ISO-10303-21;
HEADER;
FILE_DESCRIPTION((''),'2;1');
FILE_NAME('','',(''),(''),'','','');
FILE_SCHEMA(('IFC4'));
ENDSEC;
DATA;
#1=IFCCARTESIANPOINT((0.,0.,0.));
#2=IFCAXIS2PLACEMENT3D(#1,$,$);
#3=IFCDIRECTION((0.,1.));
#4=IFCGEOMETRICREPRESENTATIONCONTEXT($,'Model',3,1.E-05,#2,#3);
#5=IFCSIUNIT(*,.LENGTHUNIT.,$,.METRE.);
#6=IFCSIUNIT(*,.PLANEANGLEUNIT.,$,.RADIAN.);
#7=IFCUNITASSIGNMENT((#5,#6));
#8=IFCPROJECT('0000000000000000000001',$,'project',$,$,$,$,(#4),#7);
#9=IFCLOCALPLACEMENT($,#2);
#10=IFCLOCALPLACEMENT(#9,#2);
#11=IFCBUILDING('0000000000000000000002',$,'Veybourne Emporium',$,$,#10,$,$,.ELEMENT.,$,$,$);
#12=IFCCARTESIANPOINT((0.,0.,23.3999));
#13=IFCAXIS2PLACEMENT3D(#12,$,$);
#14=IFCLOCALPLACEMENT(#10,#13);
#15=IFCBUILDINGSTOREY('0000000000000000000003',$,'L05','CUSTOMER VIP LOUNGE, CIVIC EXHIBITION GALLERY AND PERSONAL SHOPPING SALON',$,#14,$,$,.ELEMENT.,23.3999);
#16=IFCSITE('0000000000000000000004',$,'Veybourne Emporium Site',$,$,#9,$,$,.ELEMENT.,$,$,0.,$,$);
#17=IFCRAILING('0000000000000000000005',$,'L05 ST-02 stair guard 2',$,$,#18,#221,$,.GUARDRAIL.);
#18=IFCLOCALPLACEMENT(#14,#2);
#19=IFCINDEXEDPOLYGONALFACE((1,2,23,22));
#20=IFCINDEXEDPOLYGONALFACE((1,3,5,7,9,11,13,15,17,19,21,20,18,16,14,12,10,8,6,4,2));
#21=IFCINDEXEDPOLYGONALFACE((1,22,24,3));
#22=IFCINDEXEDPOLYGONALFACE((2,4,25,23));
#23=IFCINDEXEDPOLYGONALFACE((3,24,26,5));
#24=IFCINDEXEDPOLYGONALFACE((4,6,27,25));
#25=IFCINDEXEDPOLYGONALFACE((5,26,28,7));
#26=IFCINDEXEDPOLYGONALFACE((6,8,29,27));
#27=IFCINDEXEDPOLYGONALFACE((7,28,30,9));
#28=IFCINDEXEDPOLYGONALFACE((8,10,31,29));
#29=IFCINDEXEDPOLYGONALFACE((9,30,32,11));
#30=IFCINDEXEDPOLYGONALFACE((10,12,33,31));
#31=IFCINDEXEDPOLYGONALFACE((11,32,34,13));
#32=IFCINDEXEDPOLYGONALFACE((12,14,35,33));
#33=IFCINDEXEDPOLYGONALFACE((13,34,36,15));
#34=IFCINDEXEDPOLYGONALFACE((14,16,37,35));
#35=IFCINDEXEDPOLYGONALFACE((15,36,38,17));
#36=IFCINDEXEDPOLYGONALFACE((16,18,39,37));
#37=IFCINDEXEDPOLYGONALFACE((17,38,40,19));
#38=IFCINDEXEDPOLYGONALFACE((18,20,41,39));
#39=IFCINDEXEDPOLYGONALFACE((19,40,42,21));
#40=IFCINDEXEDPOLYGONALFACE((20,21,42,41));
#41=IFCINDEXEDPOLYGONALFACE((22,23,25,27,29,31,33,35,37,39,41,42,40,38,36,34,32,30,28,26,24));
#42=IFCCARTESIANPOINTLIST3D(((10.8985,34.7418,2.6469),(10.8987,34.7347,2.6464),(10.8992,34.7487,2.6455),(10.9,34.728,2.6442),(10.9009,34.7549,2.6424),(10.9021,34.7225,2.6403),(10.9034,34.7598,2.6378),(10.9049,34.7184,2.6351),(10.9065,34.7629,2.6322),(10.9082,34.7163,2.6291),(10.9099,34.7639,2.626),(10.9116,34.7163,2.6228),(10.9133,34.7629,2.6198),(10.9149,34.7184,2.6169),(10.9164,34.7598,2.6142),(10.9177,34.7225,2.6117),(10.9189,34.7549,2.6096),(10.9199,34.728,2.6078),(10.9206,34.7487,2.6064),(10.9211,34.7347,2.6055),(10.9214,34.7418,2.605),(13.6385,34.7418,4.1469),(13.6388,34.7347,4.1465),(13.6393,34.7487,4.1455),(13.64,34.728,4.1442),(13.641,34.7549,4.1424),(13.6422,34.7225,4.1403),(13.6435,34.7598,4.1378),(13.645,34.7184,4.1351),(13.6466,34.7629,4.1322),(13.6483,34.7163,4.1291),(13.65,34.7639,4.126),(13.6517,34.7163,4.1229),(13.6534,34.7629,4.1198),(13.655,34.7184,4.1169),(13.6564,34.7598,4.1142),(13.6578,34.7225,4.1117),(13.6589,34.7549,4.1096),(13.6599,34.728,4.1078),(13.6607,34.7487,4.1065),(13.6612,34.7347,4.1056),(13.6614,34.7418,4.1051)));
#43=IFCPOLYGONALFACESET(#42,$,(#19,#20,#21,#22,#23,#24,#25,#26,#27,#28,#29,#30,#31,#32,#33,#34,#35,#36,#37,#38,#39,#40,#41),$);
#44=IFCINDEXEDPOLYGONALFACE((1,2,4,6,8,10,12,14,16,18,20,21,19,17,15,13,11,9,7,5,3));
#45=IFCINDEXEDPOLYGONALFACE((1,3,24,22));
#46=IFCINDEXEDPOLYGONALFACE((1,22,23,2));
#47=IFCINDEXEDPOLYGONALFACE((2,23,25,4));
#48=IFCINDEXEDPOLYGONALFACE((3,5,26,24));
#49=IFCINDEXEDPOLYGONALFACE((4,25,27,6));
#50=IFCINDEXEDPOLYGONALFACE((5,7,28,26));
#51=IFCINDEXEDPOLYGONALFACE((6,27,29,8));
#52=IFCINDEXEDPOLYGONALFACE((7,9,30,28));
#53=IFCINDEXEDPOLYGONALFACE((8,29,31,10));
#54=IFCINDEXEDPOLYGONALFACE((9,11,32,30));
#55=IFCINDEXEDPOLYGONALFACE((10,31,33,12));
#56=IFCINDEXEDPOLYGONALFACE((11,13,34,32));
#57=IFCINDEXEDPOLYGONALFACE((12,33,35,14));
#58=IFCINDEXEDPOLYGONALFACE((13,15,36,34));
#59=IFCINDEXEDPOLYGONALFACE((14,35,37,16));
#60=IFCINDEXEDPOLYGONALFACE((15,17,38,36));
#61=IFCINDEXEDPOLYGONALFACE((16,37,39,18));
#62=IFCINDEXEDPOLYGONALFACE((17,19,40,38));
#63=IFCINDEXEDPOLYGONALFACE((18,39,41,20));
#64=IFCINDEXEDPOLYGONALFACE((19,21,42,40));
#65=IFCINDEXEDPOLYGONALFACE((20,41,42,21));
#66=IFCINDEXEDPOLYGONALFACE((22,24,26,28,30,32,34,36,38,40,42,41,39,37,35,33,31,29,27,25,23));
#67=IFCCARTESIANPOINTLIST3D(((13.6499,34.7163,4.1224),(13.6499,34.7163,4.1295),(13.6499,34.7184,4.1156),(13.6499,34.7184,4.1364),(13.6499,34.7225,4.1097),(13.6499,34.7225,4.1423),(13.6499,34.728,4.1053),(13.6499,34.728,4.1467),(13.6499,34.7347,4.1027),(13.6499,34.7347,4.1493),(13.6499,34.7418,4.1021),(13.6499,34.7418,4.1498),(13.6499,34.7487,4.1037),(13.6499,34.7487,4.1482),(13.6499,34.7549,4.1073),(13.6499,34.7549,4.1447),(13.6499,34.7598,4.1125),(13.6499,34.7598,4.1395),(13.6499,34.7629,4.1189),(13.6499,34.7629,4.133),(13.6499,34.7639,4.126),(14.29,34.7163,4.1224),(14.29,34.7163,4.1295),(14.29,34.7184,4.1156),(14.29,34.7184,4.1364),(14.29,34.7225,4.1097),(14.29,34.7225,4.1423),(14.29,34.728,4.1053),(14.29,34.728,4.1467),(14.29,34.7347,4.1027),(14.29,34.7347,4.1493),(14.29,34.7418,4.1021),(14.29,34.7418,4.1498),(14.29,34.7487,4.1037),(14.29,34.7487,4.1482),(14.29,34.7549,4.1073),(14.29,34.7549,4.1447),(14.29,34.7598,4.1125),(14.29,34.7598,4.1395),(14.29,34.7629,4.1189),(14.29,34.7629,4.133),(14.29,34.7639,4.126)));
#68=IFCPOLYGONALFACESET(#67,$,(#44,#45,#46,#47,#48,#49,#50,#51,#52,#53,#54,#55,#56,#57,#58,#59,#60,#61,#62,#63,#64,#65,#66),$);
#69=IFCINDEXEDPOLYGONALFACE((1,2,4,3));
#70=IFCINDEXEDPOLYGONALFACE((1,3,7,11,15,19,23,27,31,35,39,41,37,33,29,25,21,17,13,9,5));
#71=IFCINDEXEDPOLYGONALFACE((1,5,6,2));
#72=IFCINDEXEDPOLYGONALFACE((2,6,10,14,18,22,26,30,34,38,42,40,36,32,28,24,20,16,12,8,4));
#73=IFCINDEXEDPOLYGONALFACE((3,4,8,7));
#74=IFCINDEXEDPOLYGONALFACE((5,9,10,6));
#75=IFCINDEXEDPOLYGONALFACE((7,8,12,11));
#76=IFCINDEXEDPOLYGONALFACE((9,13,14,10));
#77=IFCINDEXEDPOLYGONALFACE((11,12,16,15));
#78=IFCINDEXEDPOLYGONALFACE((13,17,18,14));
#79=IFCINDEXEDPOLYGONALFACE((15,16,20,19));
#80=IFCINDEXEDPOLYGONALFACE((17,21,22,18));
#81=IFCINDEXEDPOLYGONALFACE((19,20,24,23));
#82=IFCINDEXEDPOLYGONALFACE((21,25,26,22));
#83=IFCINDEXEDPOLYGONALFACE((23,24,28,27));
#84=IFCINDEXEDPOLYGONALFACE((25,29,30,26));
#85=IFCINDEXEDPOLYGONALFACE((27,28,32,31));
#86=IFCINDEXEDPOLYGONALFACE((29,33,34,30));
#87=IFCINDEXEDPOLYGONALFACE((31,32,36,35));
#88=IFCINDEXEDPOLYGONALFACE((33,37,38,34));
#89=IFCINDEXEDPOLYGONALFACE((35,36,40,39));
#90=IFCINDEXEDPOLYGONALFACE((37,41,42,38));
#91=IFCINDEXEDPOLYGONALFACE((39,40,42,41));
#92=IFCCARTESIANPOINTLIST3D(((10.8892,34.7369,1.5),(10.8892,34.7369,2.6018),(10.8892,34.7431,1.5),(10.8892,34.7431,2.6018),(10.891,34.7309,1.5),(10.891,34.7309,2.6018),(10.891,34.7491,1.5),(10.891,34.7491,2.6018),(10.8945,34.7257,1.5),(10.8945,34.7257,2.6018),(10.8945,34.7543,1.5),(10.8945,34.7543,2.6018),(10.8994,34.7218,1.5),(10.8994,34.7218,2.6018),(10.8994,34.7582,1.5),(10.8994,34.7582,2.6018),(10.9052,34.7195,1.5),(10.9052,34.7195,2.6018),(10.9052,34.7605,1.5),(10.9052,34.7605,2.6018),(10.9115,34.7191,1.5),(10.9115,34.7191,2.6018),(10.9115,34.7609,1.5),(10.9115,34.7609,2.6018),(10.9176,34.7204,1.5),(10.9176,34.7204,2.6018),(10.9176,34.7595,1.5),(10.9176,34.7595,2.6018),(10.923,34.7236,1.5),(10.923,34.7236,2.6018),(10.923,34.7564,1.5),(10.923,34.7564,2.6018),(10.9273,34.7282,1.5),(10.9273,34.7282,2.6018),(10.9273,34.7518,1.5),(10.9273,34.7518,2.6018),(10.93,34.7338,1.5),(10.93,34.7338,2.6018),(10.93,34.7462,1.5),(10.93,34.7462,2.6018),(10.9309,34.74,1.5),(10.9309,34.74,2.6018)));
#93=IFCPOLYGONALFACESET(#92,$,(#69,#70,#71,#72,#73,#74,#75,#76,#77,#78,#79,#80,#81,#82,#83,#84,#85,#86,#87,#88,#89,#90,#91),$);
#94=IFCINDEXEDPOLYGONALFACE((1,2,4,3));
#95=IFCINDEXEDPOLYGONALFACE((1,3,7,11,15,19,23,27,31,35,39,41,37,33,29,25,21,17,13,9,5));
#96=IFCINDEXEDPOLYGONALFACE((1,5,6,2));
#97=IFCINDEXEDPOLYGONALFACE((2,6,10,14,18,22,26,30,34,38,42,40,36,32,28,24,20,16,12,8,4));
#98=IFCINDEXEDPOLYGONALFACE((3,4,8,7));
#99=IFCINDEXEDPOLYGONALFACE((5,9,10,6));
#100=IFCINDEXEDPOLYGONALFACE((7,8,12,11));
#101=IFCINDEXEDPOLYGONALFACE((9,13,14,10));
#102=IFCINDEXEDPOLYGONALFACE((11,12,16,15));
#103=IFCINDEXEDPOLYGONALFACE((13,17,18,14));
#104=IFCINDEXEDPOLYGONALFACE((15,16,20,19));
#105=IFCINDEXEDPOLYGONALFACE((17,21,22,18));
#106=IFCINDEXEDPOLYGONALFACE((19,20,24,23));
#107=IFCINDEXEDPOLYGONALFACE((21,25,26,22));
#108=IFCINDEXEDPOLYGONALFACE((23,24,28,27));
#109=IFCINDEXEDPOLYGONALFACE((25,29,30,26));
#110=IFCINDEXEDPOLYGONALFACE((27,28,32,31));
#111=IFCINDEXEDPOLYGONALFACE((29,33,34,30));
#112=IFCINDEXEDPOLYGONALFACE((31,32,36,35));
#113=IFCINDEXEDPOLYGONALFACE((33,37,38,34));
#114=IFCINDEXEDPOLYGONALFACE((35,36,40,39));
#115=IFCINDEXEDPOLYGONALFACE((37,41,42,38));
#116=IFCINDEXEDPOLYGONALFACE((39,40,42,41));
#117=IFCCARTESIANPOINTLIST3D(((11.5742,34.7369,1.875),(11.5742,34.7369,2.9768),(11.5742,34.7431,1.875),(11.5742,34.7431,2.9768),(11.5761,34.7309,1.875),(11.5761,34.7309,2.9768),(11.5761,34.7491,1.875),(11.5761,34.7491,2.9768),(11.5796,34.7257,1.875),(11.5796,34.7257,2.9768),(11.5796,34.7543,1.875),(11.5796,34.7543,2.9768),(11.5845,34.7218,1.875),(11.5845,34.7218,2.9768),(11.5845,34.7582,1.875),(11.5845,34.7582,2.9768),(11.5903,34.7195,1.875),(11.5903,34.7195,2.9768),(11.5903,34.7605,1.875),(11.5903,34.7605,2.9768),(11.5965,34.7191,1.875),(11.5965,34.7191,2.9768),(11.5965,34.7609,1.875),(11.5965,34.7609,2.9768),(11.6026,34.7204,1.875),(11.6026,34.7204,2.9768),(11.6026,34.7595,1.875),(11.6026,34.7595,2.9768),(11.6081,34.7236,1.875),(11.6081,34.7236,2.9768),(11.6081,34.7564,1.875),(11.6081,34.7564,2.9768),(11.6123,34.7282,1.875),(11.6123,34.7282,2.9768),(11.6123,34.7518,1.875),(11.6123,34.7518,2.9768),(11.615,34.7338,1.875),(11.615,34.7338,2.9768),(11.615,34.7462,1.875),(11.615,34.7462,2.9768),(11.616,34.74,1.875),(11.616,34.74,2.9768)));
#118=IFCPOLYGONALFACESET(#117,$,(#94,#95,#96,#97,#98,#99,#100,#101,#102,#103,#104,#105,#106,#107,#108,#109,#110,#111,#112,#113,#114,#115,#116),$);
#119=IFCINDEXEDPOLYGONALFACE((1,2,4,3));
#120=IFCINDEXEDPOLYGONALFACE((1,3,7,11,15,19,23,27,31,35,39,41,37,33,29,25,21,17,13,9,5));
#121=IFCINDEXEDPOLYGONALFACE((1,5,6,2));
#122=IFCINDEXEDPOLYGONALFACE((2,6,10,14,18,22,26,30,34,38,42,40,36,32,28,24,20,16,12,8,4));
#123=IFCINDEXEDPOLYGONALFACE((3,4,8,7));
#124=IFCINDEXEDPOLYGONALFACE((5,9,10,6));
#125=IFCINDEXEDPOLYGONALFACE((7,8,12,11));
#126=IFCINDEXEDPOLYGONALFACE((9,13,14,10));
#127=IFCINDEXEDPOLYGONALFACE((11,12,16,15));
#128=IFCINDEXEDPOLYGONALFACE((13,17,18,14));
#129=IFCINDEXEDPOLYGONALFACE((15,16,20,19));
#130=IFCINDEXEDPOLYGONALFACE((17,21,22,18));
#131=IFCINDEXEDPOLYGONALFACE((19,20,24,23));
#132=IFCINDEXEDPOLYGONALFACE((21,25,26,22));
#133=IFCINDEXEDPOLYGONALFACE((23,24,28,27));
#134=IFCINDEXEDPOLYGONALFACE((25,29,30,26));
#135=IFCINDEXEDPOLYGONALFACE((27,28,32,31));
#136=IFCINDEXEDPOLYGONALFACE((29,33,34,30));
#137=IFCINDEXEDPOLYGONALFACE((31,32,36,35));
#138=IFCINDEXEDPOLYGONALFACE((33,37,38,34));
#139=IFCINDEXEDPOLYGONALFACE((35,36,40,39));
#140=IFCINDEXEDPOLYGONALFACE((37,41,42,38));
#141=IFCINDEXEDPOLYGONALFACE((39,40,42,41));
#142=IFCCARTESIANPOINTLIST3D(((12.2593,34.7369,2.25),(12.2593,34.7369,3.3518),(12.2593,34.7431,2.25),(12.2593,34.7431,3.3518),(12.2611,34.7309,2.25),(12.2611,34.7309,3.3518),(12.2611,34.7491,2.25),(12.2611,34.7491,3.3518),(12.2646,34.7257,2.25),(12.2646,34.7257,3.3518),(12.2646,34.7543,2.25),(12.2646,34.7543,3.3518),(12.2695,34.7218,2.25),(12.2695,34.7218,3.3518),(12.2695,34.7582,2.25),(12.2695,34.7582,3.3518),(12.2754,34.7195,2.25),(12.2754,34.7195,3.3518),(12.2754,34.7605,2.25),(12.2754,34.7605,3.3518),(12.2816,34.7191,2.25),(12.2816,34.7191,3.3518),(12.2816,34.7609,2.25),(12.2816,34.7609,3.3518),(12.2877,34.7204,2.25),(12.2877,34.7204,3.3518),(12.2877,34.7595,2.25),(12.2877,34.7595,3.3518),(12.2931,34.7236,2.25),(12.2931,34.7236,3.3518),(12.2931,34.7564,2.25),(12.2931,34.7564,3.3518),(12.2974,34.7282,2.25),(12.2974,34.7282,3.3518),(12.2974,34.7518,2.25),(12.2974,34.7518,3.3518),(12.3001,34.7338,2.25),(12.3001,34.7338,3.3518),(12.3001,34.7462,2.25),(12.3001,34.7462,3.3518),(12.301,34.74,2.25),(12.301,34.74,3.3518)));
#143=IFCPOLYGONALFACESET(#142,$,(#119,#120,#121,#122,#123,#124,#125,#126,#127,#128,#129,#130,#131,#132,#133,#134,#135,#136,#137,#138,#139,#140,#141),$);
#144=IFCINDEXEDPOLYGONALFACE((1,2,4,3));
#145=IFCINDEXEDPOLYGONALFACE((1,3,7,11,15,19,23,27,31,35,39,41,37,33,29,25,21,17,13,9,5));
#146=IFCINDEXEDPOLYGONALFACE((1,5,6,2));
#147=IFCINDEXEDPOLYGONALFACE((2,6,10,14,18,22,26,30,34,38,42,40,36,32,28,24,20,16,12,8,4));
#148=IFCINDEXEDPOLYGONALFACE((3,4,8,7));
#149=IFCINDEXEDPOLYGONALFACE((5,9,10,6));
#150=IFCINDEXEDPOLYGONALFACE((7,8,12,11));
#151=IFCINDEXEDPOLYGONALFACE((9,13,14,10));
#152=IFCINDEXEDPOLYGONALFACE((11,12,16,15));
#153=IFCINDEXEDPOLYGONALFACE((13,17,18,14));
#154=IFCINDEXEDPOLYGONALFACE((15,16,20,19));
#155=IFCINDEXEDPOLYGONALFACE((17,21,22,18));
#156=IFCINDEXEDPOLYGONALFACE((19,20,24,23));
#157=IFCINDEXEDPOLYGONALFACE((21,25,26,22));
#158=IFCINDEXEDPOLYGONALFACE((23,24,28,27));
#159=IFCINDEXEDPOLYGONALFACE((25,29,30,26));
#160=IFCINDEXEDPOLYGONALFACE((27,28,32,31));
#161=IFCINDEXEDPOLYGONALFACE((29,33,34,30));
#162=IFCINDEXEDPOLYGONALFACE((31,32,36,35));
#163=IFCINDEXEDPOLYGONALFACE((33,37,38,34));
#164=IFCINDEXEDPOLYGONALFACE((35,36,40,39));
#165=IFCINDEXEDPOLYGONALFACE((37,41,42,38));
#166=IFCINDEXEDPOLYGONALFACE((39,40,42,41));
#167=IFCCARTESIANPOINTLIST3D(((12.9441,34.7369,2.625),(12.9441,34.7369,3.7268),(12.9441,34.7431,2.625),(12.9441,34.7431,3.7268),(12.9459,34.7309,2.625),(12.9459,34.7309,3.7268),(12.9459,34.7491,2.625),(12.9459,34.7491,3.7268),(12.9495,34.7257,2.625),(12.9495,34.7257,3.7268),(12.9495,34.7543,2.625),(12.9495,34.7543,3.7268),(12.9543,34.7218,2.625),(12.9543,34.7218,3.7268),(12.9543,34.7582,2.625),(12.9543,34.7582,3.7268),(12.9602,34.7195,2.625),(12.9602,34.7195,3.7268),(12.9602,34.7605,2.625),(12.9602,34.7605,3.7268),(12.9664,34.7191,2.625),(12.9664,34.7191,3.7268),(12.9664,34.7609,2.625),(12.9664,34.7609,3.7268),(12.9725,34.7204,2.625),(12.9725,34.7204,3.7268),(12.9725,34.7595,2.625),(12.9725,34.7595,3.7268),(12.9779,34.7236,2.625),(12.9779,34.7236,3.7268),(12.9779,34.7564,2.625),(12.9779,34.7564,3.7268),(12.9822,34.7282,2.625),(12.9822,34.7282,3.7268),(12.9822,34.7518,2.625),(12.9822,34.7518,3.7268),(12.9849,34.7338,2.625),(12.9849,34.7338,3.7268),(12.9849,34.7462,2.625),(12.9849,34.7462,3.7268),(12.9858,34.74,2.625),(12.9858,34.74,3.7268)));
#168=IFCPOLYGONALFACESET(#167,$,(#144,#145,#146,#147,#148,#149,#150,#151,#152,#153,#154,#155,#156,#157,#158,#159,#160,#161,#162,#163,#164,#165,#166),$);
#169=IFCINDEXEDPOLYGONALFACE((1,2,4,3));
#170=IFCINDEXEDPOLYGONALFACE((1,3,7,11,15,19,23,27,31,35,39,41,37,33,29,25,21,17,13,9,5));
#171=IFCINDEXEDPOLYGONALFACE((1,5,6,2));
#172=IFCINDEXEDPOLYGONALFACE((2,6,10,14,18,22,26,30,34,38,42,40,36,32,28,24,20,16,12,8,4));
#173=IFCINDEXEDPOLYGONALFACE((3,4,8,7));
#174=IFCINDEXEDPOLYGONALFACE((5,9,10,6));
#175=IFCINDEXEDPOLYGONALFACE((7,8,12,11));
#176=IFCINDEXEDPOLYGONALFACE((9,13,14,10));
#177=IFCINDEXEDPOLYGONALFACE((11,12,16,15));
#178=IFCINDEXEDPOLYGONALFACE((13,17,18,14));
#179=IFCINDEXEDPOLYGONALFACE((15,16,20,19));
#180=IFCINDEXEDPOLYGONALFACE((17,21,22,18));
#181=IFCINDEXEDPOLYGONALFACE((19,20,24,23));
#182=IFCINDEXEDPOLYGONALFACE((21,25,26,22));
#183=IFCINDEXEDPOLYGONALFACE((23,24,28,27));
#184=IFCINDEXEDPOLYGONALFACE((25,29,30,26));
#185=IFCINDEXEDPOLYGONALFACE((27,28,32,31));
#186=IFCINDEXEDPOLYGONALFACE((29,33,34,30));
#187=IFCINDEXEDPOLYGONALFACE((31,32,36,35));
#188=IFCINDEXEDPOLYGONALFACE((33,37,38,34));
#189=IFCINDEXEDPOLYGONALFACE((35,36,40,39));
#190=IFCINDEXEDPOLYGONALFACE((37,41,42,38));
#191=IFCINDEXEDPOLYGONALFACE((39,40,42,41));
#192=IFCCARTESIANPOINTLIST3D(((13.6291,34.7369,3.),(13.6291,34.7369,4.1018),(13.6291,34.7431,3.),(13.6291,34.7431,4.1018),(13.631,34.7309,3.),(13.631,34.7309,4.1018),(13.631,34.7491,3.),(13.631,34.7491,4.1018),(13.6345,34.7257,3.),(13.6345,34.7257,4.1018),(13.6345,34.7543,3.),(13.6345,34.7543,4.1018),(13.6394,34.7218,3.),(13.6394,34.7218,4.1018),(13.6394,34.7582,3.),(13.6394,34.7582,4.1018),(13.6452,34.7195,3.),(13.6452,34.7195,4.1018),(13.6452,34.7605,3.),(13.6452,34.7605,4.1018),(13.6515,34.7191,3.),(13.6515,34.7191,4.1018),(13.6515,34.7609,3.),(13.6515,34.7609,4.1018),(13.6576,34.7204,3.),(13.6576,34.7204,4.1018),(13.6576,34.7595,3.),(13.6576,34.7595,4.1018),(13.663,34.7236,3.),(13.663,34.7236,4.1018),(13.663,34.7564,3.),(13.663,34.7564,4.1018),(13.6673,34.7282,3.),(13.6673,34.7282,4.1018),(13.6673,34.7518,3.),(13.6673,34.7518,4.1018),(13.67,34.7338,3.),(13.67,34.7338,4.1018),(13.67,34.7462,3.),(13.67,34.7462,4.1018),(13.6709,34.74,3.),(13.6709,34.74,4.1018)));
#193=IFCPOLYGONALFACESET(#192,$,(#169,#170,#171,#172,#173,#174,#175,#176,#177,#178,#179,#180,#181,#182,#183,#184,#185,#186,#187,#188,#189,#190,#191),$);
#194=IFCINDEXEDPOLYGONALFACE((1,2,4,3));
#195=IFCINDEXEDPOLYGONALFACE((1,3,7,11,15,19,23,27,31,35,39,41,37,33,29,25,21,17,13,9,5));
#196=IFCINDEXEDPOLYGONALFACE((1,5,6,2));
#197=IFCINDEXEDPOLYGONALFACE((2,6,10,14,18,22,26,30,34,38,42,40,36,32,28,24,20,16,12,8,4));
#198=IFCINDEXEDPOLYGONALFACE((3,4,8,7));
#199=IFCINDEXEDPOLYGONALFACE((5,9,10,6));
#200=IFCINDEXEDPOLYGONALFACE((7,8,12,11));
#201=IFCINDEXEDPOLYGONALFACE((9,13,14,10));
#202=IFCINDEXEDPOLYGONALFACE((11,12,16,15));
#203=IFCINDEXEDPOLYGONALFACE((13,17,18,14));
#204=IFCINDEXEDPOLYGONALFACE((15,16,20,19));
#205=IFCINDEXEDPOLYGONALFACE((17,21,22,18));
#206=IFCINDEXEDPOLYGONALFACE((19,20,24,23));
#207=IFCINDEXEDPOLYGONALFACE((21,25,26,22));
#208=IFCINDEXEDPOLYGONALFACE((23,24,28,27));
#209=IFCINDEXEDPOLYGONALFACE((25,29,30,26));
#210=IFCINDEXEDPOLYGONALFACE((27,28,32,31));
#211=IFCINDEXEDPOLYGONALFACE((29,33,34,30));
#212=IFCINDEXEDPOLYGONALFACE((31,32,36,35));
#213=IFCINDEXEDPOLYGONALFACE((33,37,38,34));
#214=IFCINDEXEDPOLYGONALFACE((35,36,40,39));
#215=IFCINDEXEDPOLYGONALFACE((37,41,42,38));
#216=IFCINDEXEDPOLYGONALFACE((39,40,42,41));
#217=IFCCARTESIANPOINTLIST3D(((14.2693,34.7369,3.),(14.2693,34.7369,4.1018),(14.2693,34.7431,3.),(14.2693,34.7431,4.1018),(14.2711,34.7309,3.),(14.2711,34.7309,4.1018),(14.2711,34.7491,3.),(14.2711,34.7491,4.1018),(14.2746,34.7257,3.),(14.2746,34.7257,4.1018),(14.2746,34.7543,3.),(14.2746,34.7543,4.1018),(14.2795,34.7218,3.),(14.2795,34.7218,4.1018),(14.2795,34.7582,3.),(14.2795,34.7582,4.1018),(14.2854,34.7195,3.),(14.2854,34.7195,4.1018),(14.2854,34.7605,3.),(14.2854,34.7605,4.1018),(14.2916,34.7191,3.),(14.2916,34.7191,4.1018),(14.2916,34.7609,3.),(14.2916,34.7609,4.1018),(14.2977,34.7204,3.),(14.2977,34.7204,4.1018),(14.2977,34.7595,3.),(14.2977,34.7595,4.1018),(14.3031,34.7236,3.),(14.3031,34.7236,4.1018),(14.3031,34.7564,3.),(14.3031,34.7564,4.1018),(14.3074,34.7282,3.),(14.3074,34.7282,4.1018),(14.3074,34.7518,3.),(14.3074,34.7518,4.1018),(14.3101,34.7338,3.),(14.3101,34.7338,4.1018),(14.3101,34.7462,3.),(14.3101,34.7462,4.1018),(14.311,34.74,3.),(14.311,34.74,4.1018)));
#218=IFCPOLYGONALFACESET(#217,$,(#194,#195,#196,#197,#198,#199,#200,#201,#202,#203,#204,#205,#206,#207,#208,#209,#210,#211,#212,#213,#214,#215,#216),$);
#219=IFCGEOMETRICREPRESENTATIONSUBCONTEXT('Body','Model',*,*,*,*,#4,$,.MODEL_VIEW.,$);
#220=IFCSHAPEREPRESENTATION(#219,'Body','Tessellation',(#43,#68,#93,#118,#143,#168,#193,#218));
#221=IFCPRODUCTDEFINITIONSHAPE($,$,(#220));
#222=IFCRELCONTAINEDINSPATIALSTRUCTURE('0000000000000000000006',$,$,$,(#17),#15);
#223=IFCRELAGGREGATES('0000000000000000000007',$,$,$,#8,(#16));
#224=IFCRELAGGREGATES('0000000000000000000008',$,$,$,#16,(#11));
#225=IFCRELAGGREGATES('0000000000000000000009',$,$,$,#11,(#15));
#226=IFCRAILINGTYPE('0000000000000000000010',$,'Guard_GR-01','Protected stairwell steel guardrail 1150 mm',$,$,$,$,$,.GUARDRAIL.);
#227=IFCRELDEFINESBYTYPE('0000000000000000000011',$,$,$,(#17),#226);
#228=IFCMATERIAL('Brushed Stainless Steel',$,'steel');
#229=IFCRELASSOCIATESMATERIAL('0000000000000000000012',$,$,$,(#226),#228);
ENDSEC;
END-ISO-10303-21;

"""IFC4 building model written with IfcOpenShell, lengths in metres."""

from ifc_helpers import new_model, si_unit, direction, frame, origin, origin_2d, place, context, subcontext, project, spatial, circle, extrude, material, type_object, element, save


model = new_model("IFC4")

# Units and contexts
model_context = context("Model", 3, precision=1e-05, world=origin(), true_north=direction((0.0, 1.0)))
body_context = subcontext(model_context, "Body", "Model", "MODEL_VIEW")
ifc_project = project(units=[si_unit("LENGTHUNIT", "METRE"), si_unit("PLANEANGLEUNIT", "RADIAN")], contexts=[model_context])

# Site, building, storey
site_placement = place(None, origin())
site = spatial("IfcSite", under=ifc_project, at=site_placement, Name="Veybourne Emporium Site", CompositionType="ELEMENT", RefElevation=0.0)
building_placement = place(site_placement, origin())
building = spatial("IfcBuilding", under=site, at=building_placement, Name="Veybourne Emporium", CompositionType="ELEMENT")
storey_placement = place(building_placement, frame((0.0, 0.0, 23.3999)))
storey = spatial("IfcBuildingStorey", under=building, at=storey_placement, Name="L05", Description="CUSTOMER VIP LOUNGE, CIVIC EXHIBITION GALLERY AND PERSONAL SHOPPING SALON", CompositionType="ELEMENT", Elevation=23.3999)

# Railing
ifc_material_1 = material(Name="Brushed Stainless Steel", Category="steel")
railing_type_1 = type_object("IfcRailingType", Name="Guard_GR-01", Description="Protected stairwell steel guardrail 1150 mm", PredefinedType="GUARDRAIL", material=ifc_material_1)
railing_1_placement = place(storey_placement, frame((10.9099, 34.74, 1.5)))
element("IfcRailing", 1, at=railing_1_placement, inside=storey, type_object=railing_type_1, Name="L05 ST-02 stair guard 2", PredefinedType="GUARDRAIL", context=body_context, shape_type="SweptSolid", body=[
    extrude(circle(Radius=0.0239, at=origin_2d()), frame((0.0, 0.0, 1.126), z_axis=(0.87716, 0.0, 0.480199), x_axis=(0.0, 1.0, 0.0)), (0.0, 0.0, 1.0), 3.1238),
    extrude(circle(Radius=0.0239, at=origin_2d()), frame((2.74, 0.0, 2.626), z_axis=(1.0, 0.0, 0.0), x_axis=(0.0, 1.0, 0.0)), (0.0, 0.0, 1.0), 0.6401),
    extrude(circle(Radius=0.021, at=origin_2d()), origin(), (0.0, 0.0, 1.0), 1.1018),
    extrude(circle(Radius=0.021, at=origin_2d()), frame((0.6851, 0.0, 0.375)), (0.0, 0.0, 1.0), 1.1018),
    extrude(circle(Radius=0.021, at=origin_2d()), frame((1.3701, 0.0, 0.75)), (0.0, 0.0, 1.0), 1.1018),
    extrude(circle(Radius=0.021, at=origin_2d()), frame((2.0549, 0.0, 1.125)), (0.0, 0.0, 1.0), 1.1018),
    extrude(circle(Radius=0.021, at=origin_2d()), frame((2.74, 0.0, 1.5)), (0.0, 0.0, 1.0), 1.1018),
    extrude(circle(Radius=0.021, at=origin_2d()), frame((3.3801, 0.0, 1.5)), (0.0, 0.0, 1.0), 1.1018),
])

save(model, "model.ifc")
